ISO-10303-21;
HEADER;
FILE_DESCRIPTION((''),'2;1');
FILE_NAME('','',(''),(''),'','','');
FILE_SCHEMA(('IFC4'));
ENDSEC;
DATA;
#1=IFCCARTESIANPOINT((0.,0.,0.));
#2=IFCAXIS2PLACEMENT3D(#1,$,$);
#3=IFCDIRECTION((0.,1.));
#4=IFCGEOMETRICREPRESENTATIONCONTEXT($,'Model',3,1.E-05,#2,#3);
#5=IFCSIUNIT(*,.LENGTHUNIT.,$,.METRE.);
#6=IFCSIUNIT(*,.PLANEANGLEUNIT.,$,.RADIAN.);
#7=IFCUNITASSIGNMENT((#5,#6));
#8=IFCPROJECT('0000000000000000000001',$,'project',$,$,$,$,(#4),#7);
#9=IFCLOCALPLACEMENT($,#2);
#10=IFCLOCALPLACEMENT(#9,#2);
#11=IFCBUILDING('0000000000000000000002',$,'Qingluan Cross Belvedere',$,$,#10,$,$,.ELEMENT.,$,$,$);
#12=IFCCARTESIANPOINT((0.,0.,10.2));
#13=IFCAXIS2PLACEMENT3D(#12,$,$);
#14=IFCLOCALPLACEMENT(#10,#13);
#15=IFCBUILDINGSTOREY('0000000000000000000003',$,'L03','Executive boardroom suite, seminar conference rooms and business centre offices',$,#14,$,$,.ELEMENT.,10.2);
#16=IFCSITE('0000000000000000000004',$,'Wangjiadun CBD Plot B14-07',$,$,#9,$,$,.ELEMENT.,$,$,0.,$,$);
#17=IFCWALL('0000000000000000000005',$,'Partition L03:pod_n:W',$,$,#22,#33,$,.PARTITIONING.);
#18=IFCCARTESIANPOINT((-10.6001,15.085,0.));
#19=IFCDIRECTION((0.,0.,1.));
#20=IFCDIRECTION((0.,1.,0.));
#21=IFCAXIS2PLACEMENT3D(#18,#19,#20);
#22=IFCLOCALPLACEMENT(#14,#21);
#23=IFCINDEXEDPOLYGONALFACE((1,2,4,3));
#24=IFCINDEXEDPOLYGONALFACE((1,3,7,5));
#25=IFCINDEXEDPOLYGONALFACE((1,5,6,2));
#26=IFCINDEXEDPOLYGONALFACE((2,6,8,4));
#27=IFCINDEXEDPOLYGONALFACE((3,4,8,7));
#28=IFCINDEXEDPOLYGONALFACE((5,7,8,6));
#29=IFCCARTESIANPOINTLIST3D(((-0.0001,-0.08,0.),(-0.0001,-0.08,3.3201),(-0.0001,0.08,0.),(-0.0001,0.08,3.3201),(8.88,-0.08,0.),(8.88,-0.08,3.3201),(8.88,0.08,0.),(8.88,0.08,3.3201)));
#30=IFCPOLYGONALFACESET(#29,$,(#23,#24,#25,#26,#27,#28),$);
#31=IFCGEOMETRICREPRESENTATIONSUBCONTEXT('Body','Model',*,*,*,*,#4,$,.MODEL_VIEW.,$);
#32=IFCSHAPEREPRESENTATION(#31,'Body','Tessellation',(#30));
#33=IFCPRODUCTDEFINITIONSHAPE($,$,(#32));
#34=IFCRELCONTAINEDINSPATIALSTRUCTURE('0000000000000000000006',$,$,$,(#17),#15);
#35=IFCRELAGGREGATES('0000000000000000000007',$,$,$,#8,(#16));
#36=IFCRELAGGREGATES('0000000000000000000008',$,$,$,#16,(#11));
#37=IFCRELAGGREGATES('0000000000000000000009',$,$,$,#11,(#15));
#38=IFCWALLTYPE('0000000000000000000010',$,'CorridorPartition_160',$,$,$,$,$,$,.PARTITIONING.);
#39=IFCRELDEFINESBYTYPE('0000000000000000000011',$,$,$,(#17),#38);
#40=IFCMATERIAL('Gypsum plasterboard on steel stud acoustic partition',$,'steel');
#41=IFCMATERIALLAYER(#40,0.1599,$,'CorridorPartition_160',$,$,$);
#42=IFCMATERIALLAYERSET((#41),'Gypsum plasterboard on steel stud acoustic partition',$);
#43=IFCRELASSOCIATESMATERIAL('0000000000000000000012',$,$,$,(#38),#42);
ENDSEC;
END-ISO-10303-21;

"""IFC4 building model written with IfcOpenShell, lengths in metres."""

from ifc_helpers import new_model, si_unit, direction, frame, frame_2d, origin, place, context, subcontext, project, spatial, rectangle, extrude, material, layer, layer_set, type_object, element, save


model = new_model("IFC4")

# Units and contexts
model_context = context("Model", 3, precision=1e-05, world=origin(), true_north=direction((0.0, 1.0)))
body_context = subcontext(model_context, "Body", "Model", "MODEL_VIEW")
ifc_project = project(units=[si_unit("LENGTHUNIT", "METRE"), si_unit("PLANEANGLEUNIT", "RADIAN")], contexts=[model_context])

# Site, building, storey
site_placement = place(None, origin())
site = spatial("IfcSite", under=ifc_project, at=site_placement, Name="Wangjiadun CBD Plot B14-07", CompositionType="ELEMENT", RefElevation=0.0)
building_placement = place(site_placement, origin())
building = spatial("IfcBuilding", under=site, at=building_placement, Name="Qingluan Cross Belvedere", CompositionType="ELEMENT")
storey_placement = place(building_placement, frame((0.0, 0.0, 10.2)))
storey = spatial("IfcBuildingStorey", under=building, at=storey_placement, Name="L03", Description="Executive boardroom suite, seminar conference rooms and business centre offices", CompositionType="ELEMENT", Elevation=10.2)

# Shared definitions
ifc_material_1 = material(Name="Gypsum plasterboard on steel stud acoustic partition", Category="steel")
ifc_layer_1 = layer(ifc_material_1, 0.1599, Name="CorridorPartition_160")
ifc_layer_set_1 = layer_set([ifc_layer_1], Name="Gypsum plasterboard on steel stud acoustic partition")
wall_type_1 = type_object("IfcWallType", Name="CorridorPartition_160", PredefinedType="PARTITIONING", material=ifc_layer_set_1)

# Wall
wall_1_placement = place(storey_placement, frame((-10.6001, 15.085, 0.0), z_axis=(0.0, 0.0, 1.0), x_axis=(0.0, 1.0, 0.0)))
element("IfcWall", 1, at=wall_1_placement, inside=storey, type_object=wall_type_1, Name="Partition L03:pod_n:W", PredefinedType="PARTITIONING", context=body_context, shape_type="SweptSolid", body=[
    extrude(rectangle(XDim=8.8801, YDim=0.1599, at=frame_2d((4.4399, 0.0))), origin(), (0.0, 0.0, 1.0), 3.3201),
])

save(model, "model.ifc")
